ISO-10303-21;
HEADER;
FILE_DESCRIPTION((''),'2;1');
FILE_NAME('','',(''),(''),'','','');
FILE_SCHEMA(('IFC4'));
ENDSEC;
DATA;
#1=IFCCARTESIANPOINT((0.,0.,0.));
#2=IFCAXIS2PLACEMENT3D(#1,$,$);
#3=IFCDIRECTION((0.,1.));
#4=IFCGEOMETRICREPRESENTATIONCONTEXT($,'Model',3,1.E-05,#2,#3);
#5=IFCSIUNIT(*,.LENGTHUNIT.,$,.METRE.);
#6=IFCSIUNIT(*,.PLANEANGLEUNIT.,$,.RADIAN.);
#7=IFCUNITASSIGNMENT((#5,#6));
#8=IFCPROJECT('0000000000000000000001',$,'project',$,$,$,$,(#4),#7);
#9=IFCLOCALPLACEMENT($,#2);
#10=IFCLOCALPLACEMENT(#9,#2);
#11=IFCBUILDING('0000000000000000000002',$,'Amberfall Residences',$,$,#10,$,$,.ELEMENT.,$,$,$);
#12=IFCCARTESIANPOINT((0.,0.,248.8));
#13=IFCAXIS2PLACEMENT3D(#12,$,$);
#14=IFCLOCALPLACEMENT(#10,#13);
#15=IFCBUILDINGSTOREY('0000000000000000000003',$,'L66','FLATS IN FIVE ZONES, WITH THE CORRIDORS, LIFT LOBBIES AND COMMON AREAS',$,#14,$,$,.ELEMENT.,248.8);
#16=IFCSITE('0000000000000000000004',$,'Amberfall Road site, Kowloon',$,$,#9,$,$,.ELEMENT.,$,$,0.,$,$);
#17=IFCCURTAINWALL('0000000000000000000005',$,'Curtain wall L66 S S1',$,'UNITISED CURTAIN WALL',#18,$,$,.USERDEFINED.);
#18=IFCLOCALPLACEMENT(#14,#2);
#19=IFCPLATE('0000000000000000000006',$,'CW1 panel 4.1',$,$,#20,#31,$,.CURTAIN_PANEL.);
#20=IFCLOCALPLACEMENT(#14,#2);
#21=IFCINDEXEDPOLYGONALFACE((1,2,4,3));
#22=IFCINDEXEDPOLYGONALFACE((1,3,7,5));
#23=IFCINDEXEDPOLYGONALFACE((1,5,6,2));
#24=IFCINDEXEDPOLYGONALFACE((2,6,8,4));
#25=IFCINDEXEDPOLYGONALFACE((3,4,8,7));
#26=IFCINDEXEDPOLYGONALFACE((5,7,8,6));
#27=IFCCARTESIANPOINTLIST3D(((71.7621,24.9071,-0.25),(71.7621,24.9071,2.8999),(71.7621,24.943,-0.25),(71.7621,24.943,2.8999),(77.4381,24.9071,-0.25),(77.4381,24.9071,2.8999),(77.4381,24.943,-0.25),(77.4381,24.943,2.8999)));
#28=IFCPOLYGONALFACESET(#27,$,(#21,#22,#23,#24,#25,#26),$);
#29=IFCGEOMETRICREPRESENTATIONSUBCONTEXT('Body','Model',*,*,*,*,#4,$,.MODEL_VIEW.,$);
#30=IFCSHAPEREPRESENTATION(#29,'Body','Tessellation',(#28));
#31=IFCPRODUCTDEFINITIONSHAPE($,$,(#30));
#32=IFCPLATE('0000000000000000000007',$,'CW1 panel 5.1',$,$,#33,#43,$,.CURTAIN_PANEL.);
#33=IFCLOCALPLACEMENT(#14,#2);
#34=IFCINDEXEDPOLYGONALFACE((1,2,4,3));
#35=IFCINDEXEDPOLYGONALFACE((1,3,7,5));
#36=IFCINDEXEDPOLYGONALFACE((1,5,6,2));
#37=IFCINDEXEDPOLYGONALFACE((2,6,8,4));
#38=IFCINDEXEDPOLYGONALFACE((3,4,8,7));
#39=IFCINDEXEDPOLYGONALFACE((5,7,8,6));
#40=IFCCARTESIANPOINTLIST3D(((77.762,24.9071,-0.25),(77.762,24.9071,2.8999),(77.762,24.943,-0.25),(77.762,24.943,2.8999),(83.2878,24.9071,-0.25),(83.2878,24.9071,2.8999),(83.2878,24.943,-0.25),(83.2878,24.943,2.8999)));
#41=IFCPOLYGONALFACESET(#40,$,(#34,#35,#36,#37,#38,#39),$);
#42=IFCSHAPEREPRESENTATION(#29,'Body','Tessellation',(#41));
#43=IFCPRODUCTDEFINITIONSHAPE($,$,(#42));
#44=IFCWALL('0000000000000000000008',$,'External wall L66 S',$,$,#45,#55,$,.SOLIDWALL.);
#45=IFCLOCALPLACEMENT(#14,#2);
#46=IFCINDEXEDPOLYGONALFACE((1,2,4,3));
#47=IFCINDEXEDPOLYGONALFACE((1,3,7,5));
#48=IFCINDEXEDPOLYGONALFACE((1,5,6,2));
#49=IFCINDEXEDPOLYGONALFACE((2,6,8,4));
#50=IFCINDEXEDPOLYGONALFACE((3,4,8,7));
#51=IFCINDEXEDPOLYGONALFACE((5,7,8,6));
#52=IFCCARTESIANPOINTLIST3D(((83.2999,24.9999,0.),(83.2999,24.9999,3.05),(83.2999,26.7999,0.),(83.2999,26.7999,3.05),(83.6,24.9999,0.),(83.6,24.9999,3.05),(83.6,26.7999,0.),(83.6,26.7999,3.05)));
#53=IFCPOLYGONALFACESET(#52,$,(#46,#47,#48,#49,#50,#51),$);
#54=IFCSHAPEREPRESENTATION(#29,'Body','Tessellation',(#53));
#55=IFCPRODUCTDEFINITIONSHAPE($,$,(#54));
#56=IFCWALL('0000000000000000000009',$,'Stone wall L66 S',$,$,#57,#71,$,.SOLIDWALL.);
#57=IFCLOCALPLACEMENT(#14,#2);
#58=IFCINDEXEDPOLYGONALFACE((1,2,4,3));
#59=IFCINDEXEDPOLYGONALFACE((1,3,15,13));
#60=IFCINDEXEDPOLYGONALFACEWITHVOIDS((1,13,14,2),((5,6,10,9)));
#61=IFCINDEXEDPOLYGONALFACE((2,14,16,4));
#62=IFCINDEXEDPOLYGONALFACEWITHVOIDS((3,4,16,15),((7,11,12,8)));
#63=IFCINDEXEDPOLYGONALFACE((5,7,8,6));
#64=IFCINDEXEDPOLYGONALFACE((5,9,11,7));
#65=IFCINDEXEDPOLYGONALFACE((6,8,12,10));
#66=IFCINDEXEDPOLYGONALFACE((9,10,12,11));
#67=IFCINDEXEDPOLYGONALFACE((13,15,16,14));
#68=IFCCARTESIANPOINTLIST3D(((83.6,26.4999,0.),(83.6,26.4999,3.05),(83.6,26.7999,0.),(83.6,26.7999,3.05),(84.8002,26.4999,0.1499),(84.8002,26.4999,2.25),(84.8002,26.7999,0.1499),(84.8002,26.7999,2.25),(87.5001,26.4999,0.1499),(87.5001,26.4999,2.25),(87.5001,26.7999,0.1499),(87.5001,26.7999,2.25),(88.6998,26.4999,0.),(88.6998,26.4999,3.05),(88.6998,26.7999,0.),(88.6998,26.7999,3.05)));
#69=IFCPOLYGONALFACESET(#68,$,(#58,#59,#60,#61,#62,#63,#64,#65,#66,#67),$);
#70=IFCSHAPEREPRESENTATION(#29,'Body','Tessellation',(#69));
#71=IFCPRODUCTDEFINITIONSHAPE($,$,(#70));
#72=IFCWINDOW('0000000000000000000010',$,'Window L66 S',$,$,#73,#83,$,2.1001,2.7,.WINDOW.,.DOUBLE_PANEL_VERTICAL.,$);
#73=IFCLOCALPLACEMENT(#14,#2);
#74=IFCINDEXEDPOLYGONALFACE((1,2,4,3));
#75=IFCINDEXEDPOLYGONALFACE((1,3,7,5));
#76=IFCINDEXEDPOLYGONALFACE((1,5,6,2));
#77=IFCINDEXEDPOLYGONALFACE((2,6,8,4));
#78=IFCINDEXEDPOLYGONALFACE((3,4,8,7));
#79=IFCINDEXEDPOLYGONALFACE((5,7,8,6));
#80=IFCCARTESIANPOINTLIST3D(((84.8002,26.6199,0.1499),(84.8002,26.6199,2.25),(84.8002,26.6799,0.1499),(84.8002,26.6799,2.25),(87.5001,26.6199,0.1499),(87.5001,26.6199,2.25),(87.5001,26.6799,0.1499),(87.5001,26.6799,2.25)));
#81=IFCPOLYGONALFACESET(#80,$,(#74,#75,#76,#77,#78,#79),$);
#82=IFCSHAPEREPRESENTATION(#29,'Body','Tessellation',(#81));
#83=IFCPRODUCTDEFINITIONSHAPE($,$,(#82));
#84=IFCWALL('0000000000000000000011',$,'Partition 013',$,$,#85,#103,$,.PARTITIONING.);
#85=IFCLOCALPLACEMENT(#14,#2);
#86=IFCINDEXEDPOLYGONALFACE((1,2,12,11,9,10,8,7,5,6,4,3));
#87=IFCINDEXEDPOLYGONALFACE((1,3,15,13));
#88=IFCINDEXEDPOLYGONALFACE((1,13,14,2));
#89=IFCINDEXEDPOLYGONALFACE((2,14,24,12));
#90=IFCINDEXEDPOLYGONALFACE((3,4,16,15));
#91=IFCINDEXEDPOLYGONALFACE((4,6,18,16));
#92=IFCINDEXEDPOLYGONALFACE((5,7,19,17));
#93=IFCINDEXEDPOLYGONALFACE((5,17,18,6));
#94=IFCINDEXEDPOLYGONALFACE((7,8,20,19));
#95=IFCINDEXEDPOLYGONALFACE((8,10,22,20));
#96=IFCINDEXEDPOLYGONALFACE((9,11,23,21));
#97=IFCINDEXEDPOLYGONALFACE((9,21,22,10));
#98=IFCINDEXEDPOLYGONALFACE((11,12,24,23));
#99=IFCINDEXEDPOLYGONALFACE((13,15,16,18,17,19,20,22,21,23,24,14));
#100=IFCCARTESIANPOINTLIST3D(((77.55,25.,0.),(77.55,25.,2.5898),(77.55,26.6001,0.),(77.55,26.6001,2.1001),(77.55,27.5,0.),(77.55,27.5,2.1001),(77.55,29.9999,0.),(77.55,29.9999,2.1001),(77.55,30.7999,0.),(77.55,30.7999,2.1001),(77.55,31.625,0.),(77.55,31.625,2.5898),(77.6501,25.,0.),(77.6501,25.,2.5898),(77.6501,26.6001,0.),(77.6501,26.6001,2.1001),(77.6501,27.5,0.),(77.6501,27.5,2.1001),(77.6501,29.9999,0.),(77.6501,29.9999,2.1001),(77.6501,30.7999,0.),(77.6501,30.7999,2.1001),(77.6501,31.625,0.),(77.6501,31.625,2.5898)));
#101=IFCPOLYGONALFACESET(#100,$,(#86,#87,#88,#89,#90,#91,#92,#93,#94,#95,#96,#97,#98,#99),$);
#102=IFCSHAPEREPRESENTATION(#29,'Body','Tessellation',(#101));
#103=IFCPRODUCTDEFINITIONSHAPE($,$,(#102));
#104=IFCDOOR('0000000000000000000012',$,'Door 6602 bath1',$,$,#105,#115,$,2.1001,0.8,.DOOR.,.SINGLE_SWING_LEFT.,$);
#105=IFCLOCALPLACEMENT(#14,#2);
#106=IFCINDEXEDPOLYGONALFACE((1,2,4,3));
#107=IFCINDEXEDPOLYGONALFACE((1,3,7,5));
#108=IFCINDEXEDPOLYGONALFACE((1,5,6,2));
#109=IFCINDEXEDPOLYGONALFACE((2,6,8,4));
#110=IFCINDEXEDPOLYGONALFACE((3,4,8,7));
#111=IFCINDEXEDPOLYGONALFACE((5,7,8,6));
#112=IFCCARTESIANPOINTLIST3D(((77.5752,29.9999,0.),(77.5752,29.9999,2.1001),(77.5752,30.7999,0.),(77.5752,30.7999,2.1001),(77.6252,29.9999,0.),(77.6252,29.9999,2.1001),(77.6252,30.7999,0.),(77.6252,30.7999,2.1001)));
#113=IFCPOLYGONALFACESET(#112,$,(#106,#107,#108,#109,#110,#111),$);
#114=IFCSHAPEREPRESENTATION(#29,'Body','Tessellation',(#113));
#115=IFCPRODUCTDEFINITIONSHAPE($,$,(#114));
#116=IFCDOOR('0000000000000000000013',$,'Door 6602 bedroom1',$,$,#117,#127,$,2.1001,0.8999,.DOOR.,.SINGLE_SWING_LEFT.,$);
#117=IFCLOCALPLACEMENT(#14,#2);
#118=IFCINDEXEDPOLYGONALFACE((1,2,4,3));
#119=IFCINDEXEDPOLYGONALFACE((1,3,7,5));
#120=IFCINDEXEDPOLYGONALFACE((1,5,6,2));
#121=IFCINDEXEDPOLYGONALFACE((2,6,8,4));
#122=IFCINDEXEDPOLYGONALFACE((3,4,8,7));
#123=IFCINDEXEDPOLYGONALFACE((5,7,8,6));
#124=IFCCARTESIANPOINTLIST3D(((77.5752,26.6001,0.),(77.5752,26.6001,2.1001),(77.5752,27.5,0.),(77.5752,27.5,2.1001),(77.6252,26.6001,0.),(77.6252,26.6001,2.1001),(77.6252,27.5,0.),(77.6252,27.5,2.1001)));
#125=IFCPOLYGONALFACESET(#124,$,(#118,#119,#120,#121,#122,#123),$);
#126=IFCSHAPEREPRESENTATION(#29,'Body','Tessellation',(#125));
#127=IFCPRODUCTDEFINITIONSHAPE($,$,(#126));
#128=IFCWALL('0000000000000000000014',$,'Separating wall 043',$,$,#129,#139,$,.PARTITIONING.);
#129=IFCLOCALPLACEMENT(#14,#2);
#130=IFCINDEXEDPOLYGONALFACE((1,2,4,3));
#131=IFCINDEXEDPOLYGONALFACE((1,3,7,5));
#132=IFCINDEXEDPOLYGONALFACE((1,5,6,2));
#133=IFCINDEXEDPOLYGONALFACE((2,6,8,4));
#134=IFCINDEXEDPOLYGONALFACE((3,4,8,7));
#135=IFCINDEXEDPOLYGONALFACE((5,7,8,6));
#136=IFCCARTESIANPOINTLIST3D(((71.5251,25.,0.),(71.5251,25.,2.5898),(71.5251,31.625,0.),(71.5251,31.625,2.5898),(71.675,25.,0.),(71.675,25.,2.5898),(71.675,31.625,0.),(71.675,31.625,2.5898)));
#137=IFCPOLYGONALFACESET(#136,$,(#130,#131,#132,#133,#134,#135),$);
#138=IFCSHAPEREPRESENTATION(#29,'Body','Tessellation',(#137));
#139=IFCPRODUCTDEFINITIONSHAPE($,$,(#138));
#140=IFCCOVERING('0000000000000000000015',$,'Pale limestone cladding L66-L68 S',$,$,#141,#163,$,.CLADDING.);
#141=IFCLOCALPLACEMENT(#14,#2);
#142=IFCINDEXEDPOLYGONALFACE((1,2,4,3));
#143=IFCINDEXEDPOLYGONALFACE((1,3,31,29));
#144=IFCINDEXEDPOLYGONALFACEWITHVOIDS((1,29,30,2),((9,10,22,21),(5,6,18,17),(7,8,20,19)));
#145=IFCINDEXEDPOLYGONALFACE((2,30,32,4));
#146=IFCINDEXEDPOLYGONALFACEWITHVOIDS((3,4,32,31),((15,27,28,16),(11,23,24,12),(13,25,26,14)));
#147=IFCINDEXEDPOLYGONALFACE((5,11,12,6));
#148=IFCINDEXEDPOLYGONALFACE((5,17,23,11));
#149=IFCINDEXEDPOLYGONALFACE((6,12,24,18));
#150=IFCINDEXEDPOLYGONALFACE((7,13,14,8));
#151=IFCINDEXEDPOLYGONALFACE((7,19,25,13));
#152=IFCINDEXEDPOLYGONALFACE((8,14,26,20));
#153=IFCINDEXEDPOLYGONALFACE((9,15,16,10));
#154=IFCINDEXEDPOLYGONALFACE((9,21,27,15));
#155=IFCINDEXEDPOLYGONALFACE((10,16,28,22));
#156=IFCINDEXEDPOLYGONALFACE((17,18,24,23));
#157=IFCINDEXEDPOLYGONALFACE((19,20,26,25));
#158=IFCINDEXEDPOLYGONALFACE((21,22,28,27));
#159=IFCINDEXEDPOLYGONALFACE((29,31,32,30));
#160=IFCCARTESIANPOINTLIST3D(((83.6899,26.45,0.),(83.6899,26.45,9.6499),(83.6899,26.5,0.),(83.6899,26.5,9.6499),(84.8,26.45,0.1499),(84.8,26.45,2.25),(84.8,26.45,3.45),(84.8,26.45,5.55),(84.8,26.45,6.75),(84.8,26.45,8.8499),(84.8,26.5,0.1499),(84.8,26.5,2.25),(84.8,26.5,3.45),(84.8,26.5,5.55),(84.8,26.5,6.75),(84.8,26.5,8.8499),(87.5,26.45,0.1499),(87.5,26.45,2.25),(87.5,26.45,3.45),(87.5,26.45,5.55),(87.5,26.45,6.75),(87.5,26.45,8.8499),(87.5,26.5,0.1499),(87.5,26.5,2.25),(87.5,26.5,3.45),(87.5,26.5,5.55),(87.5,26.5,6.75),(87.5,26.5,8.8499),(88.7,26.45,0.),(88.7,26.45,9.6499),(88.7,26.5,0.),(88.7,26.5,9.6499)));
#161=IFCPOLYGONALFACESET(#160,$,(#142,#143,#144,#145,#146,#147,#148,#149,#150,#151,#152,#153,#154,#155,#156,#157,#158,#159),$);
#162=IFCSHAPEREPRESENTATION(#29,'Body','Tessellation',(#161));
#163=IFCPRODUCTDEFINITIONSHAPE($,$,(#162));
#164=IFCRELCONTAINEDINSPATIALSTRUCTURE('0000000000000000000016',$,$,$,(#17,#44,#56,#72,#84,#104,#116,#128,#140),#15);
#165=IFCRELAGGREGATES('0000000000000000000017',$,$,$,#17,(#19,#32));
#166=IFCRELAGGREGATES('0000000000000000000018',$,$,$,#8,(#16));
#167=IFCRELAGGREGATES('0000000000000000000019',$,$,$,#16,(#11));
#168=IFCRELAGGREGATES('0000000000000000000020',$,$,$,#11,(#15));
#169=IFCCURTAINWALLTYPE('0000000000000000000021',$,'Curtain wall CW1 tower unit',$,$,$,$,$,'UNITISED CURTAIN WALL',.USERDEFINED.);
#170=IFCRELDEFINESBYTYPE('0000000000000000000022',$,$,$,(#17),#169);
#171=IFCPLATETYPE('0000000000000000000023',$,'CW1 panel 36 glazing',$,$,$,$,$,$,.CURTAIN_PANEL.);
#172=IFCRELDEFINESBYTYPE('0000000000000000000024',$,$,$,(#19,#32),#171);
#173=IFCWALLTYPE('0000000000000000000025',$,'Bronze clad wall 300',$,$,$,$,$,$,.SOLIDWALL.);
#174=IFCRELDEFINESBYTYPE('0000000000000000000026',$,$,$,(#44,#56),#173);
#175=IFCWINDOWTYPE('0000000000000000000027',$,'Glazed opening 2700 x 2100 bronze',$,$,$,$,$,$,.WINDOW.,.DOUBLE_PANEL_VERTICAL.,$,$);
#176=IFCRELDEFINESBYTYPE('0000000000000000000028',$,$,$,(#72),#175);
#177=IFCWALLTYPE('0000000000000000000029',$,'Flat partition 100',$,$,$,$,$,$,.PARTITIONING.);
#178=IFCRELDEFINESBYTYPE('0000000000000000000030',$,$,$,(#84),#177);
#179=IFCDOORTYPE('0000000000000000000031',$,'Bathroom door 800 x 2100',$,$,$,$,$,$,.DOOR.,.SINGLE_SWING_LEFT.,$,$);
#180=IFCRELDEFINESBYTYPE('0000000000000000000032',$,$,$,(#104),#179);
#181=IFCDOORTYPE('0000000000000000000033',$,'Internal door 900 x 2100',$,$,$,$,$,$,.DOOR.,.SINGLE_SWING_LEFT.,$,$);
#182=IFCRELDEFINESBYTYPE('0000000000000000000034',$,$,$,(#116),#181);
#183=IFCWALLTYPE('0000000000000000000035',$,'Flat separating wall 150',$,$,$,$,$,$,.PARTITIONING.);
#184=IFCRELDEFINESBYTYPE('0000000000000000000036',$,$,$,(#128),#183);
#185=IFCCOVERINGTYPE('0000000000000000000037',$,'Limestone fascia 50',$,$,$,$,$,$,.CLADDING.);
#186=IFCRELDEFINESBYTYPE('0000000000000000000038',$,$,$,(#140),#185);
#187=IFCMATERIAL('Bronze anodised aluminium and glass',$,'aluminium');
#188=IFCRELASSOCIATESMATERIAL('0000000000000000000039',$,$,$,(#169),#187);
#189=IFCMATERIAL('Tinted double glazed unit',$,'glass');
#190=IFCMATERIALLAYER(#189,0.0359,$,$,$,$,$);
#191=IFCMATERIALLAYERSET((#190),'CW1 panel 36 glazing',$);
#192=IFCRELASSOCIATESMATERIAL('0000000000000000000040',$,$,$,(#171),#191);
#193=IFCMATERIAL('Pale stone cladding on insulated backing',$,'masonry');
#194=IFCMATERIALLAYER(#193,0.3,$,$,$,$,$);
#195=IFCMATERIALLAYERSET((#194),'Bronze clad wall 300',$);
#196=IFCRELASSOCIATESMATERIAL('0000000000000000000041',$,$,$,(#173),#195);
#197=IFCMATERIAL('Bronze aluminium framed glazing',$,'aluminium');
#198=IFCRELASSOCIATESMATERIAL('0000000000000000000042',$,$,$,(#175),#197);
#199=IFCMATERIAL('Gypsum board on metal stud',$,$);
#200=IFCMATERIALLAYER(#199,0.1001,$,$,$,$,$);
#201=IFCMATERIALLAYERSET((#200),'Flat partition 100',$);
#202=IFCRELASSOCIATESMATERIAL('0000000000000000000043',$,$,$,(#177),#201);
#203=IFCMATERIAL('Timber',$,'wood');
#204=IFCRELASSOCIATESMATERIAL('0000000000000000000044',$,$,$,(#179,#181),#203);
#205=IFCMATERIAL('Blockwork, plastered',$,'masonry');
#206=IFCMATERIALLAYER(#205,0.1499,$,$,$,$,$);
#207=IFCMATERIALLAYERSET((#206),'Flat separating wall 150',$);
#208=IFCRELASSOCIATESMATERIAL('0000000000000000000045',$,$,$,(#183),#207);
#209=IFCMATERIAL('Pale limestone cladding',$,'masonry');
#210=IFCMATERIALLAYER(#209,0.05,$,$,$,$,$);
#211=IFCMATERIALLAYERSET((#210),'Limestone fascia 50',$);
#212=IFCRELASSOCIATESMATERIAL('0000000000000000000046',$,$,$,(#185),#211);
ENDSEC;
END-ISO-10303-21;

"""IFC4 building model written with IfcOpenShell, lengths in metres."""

from ifc_helpers import new_model, si_unit, direction, frame, frame_2d, origin, origin_2d, place, context, subcontext, project, spatial, polyline, rectangle, outline, extrude, material, layer, layer_set, type_object, element, fill, aggregate, save


model = new_model("IFC4")

# Units and contexts
model_context = context("Model", 3, precision=1e-05, world=origin(), true_north=direction((0.0, 1.0)))
body_context = subcontext(model_context, "Body", "Model", "MODEL_VIEW")
ifc_project = project(units=[si_unit("LENGTHUNIT", "METRE"), si_unit("PLANEANGLEUNIT", "RADIAN")], contexts=[model_context])

# Site, building, storey
site_placement = place(None, origin())
site = spatial("IfcSite", under=ifc_project, at=site_placement, Name="Amberfall Road site, Kowloon", CompositionType="ELEMENT", RefElevation=0.0)
building_placement = place(site_placement, origin())
building = spatial("IfcBuilding", under=site, at=building_placement, Name="Amberfall Residences", CompositionType="ELEMENT")
storey_placement = place(building_placement, frame((0.0, 0.0, 248.8)))
storey = spatial("IfcBuildingStorey", under=building, at=storey_placement, Name="L66", Description="FLATS IN FIVE ZONES, WITH THE CORRIDORS, LIFT LOBBIES AND COMMON AREAS", CompositionType="ELEMENT", Elevation=248.8)

# Curtain wall
ifc_material_1 = material(Name="Bronze anodised aluminium and glass", Category="aluminium")
curtain_wall_type = type_object("IfcCurtainWallType", Name="Curtain wall CW1 tower unit", ElementType="UNITISED CURTAIN WALL", PredefinedType="USERDEFINED", material=ifc_material_1)
curtain_wall_placement = place(storey_placement, origin())
curtain_wall = element("IfcCurtainWall", 1, at=curtain_wall_placement, inside=storey, type_object=curtain_wall_type, Name="Curtain wall L66 S S1", ObjectType="UNITISED CURTAIN WALL", PredefinedType="USERDEFINED")

# Plates
ifc_material_2 = material(Name="Tinted double glazed unit", Category="glass")
ifc_layer_1 = layer(ifc_material_2, 0.0359)
ifc_layer_set_1 = layer_set([ifc_layer_1], Name="CW1 panel 36 glazing")
plate_type = type_object("IfcPlateType", Name="CW1 panel 36 glazing", PredefinedType="CURTAIN_PANEL", material=ifc_layer_set_1)
plate_1_placement = place(storey_placement, frame((74.6001, 24.925, -0.25), z_axis=(0.0, 0.0, 1.0), x_axis=(1.0, 0.0, 0.0)))
plate_1 = element("IfcPlate", 2, at=plate_1_placement, type_object=plate_type, Name="CW1 panel 4.1", PredefinedType="CURTAIN_PANEL", context=body_context, shape_type="SweptSolid", body=[
    extrude(rectangle(XDim=5.676, YDim=0.0359, at=origin_2d()), origin(), (0.0, 0.0, 1.0), 3.1499),
])
plate_2_placement = place(storey_placement, frame((80.5249, 24.925, -0.25), z_axis=(0.0, 0.0, 1.0), x_axis=(1.0, 0.0, 0.0)))
plate_2 = element("IfcPlate", 3, at=plate_2_placement, type_object=plate_type, Name="CW1 panel 5.1", PredefinedType="CURTAIN_PANEL", context=body_context, shape_type="SweptSolid", body=[
    extrude(rectangle(XDim=5.5259, YDim=0.0359, at=origin_2d()), origin(), (0.0, 0.0, 1.0), 3.1499),
])
aggregate(curtain_wall, [plate_1, plate_2])

# Wall
ifc_material_3 = material(Name="Pale stone cladding on insulated backing", Category="masonry")
ifc_layer_2 = layer(ifc_material_3, 0.3)
ifc_layer_set_2 = layer_set([ifc_layer_2], Name="Bronze clad wall 300")
wall_type_1 = type_object("IfcWallType", Name="Bronze clad wall 300", PredefinedType="SOLIDWALL", material=ifc_layer_set_2)
wall_1_placement = place(storey_placement, frame((83.45, 25.0, 0.0), z_axis=(0.0, 0.0, 1.0), x_axis=(0.0, 1.0, 0.0)))
element("IfcWall", 4, at=wall_1_placement, inside=storey, type_object=wall_type_1, Name="External wall L66 S", PredefinedType="SOLIDWALL", context=body_context, shape_type="SweptSolid", body=[
    extrude(rectangle(XDim=1.8, YDim=0.3, at=frame_2d((0.8999, 0.0))), origin(), (0.0, 0.0, 1.0), 3.05),
])

# Wall, opening, window
wall_2_placement = place(storey_placement, frame((83.6001, 26.6499, 0.0), z_axis=(0.0, 0.0, 1.0), x_axis=(1.0, 0.0, 0.0)))
wall_2 = element("IfcWall", 5, at=wall_2_placement, inside=storey, type_object=wall_type_1, Name="Stone wall L66 S", PredefinedType="SOLIDWALL", context=body_context, shape_type="SweptSolid", body=[
    extrude(rectangle(XDim=5.0999, YDim=0.3, at=frame_2d((2.5498, 0.0))), origin(), (0.0, 0.0, 1.0), 3.05),
])
opening_1_placement = place(wall_2_placement, frame((1.2, 0.0, 0.1499)))
opening_1 = element("IfcOpeningElement", 6, at=opening_1_placement, cuts=wall_2, PredefinedType="OPENING", context=body_context, shape_type="SweptSolid", body=[
    extrude(rectangle(XDim=2.7, YDim=2.1001, at=frame_2d((1.3501, 1.05))), frame((0.0, 0.1599, 0.0), z_axis=(0.0, -1.0, 0.0), x_axis=(1.0, 0.0, 0.0)), (0.0, 0.0, 1.0), 0.3201),
])
ifc_material_4 = material(Name="Bronze aluminium framed glazing", Category="aluminium")
window_type = type_object("IfcWindowType", Name="Glazed opening 2700 x 2100 bronze", PartitioningType="DOUBLE_PANEL_VERTICAL", PredefinedType="WINDOW", material=ifc_material_4)
window_placement = place(opening_1_placement, origin())
window = element("IfcWindow", 7, at=window_placement, inside=storey, type_object=window_type, Name="Window L66 S", OverallHeight=2.1001, OverallWidth=2.7, PartitioningType="DOUBLE_PANEL_VERTICAL", PredefinedType="WINDOW", context=body_context, shape_type="SweptSolid", body=[
    extrude(rectangle(XDim=2.7, YDim=2.1001, at=frame_2d((1.3501, 1.05))), frame((0.0, 0.03, 0.0), z_axis=(0.0, -1.0, 0.0), x_axis=(1.0, 0.0, 0.0)), (0.0, 0.0, 1.0), 0.0601),
])
fill(opening_1, window)

# Wall, openings, doors
ifc_material_5 = material(Name="Gypsum board on metal stud")
ifc_layer_3 = layer(ifc_material_5, 0.1001)
ifc_layer_set_3 = layer_set([ifc_layer_3], Name="Flat partition 100")
wall_type_2 = type_object("IfcWallType", Name="Flat partition 100", PredefinedType="PARTITIONING", material=ifc_layer_set_3)
wall_3_placement = place(storey_placement, frame((77.6001, 25.0, 0.0), z_axis=(0.0, 0.0, 1.0), x_axis=(0.0, 1.0, 0.0)))
wall_3 = element("IfcWall", 8, at=wall_3_placement, inside=storey, type_object=wall_type_2, Name="Partition 013", PredefinedType="PARTITIONING", context=body_context, shape_type="SweptSolid", body=[
    extrude(rectangle(XDim=6.625, YDim=0.1001, at=frame_2d((3.3125, 0.0))), origin(), (0.0, 0.0, 1.0), 2.5898),
])
opening_2_placement = place(wall_3_placement, frame((1.6001, 0.0, 0.0)))
opening_2 = element("IfcOpeningElement", 9, at=opening_2_placement, cuts=wall_3, PredefinedType="OPENING", context=body_context, shape_type="SweptSolid", body=[
    extrude(rectangle(XDim=0.8999, YDim=2.1001, at=frame_2d((0.45, 1.05))), frame((0.0, 0.0601, 0.0), z_axis=(0.0, -1.0, 0.0), x_axis=(1.0, 0.0, 0.0)), (0.0, 0.0, 1.0), 0.1201),
])
opening_3_placement = place(wall_3_placement, frame((5.0, 0.0, 0.0)))
opening_3 = element("IfcOpeningElement", 10, at=opening_3_placement, cuts=wall_3, PredefinedType="OPENING", context=body_context, shape_type="SweptSolid", body=[
    extrude(rectangle(XDim=0.8, YDim=2.1001, at=frame_2d((0.3999, 1.05))), frame((0.0, 0.0601, 0.0), z_axis=(0.0, -1.0, 0.0), x_axis=(1.0, 0.0, 0.0)), (0.0, 0.0, 1.0), 0.1201),
])
ifc_material_6 = material(Name="Timber", Category="wood")
door_type_1 = type_object("IfcDoorType", Name="Bathroom door 800 x 2100", OperationType="SINGLE_SWING_LEFT", PredefinedType="DOOR", material=ifc_material_6)
door_1_placement = place(opening_3_placement, origin())
door_1 = element("IfcDoor", 11, at=door_1_placement, inside=storey, type_object=door_type_1, Name="Door 6602 bath1", OperationType="SINGLE_SWING_LEFT", OverallHeight=2.1001, OverallWidth=0.8, PredefinedType="DOOR", context=body_context, shape_type="SweptSolid", body=[
    extrude(rectangle(XDim=0.8, YDim=2.1001, at=frame_2d((0.3999, 1.05))), frame((0.0, 0.0249, 0.0), z_axis=(0.0, -1.0, 0.0), x_axis=(1.0, 0.0, 0.0)), (0.0, 0.0, 1.0), 0.05),
])
fill(opening_3, door_1)
door_type_2 = type_object("IfcDoorType", Name="Internal door 900 x 2100", OperationType="SINGLE_SWING_LEFT", PredefinedType="DOOR", material=ifc_material_6)
door_2_placement = place(opening_2_placement, origin())
door_2 = element("IfcDoor", 12, at=door_2_placement, inside=storey, type_object=door_type_2, Name="Door 6602 bedroom1", OperationType="SINGLE_SWING_LEFT", OverallHeight=2.1001, OverallWidth=0.8999, PredefinedType="DOOR", context=body_context, shape_type="SweptSolid", body=[
    extrude(rectangle(XDim=0.8999, YDim=2.1001, at=frame_2d((0.45, 1.05))), frame((0.0, 0.0249, 0.0), z_axis=(0.0, -1.0, 0.0), x_axis=(1.0, 0.0, 0.0)), (0.0, 0.0, 1.0), 0.05),
])
fill(opening_2, door_2)

# Wall
ifc_material_7 = material(Name="Blockwork, plastered", Category="masonry")
ifc_layer_4 = layer(ifc_material_7, 0.1499)
ifc_layer_set_4 = layer_set([ifc_layer_4], Name="Flat separating wall 150")
wall_type_3 = type_object("IfcWallType", Name="Flat separating wall 150", PredefinedType="PARTITIONING", material=ifc_layer_set_4)
wall_4_placement = place(storey_placement, frame((71.6001, 25.0, 0.0), z_axis=(0.0, 0.0, 1.0), x_axis=(0.0, 1.0, 0.0)))
element("IfcWall", 13, at=wall_4_placement, inside=storey, type_object=wall_type_3, Name="Separating wall 043", PredefinedType="PARTITIONING", context=body_context, shape_type="SweptSolid", body=[
    extrude(rectangle(XDim=6.625, YDim=0.1499, at=frame_2d((3.3125, 0.0))), origin(), (0.0, 0.0, 1.0), 2.5898),
])

# Covering
ifc_material_8 = material(Name="Pale limestone cladding", Category="masonry")
ifc_layer_5 = layer(ifc_material_8, 0.05)
ifc_layer_set_5 = layer_set([ifc_layer_5], Name="Limestone fascia 50")
covering_type = type_object("IfcCoveringType", Name="Limestone fascia 50", PredefinedType="CLADDING", material=ifc_layer_set_5)
covering_placement = place(storey_placement, frame((83.6899, 26.5, 9.6499), z_axis=(0.0, 1.0, 0.0), x_axis=(1.0, 0.0, 0.0)))
element("IfcCovering", 14, at=covering_placement, inside=storey, type_object=covering_type, Name="Pale limestone cladding L66-L68 S", PredefinedType="CLADDING", context=body_context, shape_type="SweptSolid", body=[
    extrude(outline(polyline([(0.0, 0.0), (5.01, 0.0), (5.01, 9.6499), (0.0, 9.6499), (0.0, 0.0)]), holes=[polyline([(1.1101, 7.3999), (3.8101, 7.3999), (3.8101, 9.5), (1.1101, 9.5), (1.1101, 7.3999)]), polyline([(1.1101, 4.0999), (3.8101, 4.0999), (3.8101, 6.2), (1.1101, 6.2), (1.1101, 4.0999)]), polyline([(1.1101, 0.8), (3.8101, 0.8), (3.8101, 2.8999), (1.1101, 2.8999), (1.1101, 0.8)])]), origin(), (0.0, 0.0, -1.0), 0.05),
])

save(model, "model.ifc")
